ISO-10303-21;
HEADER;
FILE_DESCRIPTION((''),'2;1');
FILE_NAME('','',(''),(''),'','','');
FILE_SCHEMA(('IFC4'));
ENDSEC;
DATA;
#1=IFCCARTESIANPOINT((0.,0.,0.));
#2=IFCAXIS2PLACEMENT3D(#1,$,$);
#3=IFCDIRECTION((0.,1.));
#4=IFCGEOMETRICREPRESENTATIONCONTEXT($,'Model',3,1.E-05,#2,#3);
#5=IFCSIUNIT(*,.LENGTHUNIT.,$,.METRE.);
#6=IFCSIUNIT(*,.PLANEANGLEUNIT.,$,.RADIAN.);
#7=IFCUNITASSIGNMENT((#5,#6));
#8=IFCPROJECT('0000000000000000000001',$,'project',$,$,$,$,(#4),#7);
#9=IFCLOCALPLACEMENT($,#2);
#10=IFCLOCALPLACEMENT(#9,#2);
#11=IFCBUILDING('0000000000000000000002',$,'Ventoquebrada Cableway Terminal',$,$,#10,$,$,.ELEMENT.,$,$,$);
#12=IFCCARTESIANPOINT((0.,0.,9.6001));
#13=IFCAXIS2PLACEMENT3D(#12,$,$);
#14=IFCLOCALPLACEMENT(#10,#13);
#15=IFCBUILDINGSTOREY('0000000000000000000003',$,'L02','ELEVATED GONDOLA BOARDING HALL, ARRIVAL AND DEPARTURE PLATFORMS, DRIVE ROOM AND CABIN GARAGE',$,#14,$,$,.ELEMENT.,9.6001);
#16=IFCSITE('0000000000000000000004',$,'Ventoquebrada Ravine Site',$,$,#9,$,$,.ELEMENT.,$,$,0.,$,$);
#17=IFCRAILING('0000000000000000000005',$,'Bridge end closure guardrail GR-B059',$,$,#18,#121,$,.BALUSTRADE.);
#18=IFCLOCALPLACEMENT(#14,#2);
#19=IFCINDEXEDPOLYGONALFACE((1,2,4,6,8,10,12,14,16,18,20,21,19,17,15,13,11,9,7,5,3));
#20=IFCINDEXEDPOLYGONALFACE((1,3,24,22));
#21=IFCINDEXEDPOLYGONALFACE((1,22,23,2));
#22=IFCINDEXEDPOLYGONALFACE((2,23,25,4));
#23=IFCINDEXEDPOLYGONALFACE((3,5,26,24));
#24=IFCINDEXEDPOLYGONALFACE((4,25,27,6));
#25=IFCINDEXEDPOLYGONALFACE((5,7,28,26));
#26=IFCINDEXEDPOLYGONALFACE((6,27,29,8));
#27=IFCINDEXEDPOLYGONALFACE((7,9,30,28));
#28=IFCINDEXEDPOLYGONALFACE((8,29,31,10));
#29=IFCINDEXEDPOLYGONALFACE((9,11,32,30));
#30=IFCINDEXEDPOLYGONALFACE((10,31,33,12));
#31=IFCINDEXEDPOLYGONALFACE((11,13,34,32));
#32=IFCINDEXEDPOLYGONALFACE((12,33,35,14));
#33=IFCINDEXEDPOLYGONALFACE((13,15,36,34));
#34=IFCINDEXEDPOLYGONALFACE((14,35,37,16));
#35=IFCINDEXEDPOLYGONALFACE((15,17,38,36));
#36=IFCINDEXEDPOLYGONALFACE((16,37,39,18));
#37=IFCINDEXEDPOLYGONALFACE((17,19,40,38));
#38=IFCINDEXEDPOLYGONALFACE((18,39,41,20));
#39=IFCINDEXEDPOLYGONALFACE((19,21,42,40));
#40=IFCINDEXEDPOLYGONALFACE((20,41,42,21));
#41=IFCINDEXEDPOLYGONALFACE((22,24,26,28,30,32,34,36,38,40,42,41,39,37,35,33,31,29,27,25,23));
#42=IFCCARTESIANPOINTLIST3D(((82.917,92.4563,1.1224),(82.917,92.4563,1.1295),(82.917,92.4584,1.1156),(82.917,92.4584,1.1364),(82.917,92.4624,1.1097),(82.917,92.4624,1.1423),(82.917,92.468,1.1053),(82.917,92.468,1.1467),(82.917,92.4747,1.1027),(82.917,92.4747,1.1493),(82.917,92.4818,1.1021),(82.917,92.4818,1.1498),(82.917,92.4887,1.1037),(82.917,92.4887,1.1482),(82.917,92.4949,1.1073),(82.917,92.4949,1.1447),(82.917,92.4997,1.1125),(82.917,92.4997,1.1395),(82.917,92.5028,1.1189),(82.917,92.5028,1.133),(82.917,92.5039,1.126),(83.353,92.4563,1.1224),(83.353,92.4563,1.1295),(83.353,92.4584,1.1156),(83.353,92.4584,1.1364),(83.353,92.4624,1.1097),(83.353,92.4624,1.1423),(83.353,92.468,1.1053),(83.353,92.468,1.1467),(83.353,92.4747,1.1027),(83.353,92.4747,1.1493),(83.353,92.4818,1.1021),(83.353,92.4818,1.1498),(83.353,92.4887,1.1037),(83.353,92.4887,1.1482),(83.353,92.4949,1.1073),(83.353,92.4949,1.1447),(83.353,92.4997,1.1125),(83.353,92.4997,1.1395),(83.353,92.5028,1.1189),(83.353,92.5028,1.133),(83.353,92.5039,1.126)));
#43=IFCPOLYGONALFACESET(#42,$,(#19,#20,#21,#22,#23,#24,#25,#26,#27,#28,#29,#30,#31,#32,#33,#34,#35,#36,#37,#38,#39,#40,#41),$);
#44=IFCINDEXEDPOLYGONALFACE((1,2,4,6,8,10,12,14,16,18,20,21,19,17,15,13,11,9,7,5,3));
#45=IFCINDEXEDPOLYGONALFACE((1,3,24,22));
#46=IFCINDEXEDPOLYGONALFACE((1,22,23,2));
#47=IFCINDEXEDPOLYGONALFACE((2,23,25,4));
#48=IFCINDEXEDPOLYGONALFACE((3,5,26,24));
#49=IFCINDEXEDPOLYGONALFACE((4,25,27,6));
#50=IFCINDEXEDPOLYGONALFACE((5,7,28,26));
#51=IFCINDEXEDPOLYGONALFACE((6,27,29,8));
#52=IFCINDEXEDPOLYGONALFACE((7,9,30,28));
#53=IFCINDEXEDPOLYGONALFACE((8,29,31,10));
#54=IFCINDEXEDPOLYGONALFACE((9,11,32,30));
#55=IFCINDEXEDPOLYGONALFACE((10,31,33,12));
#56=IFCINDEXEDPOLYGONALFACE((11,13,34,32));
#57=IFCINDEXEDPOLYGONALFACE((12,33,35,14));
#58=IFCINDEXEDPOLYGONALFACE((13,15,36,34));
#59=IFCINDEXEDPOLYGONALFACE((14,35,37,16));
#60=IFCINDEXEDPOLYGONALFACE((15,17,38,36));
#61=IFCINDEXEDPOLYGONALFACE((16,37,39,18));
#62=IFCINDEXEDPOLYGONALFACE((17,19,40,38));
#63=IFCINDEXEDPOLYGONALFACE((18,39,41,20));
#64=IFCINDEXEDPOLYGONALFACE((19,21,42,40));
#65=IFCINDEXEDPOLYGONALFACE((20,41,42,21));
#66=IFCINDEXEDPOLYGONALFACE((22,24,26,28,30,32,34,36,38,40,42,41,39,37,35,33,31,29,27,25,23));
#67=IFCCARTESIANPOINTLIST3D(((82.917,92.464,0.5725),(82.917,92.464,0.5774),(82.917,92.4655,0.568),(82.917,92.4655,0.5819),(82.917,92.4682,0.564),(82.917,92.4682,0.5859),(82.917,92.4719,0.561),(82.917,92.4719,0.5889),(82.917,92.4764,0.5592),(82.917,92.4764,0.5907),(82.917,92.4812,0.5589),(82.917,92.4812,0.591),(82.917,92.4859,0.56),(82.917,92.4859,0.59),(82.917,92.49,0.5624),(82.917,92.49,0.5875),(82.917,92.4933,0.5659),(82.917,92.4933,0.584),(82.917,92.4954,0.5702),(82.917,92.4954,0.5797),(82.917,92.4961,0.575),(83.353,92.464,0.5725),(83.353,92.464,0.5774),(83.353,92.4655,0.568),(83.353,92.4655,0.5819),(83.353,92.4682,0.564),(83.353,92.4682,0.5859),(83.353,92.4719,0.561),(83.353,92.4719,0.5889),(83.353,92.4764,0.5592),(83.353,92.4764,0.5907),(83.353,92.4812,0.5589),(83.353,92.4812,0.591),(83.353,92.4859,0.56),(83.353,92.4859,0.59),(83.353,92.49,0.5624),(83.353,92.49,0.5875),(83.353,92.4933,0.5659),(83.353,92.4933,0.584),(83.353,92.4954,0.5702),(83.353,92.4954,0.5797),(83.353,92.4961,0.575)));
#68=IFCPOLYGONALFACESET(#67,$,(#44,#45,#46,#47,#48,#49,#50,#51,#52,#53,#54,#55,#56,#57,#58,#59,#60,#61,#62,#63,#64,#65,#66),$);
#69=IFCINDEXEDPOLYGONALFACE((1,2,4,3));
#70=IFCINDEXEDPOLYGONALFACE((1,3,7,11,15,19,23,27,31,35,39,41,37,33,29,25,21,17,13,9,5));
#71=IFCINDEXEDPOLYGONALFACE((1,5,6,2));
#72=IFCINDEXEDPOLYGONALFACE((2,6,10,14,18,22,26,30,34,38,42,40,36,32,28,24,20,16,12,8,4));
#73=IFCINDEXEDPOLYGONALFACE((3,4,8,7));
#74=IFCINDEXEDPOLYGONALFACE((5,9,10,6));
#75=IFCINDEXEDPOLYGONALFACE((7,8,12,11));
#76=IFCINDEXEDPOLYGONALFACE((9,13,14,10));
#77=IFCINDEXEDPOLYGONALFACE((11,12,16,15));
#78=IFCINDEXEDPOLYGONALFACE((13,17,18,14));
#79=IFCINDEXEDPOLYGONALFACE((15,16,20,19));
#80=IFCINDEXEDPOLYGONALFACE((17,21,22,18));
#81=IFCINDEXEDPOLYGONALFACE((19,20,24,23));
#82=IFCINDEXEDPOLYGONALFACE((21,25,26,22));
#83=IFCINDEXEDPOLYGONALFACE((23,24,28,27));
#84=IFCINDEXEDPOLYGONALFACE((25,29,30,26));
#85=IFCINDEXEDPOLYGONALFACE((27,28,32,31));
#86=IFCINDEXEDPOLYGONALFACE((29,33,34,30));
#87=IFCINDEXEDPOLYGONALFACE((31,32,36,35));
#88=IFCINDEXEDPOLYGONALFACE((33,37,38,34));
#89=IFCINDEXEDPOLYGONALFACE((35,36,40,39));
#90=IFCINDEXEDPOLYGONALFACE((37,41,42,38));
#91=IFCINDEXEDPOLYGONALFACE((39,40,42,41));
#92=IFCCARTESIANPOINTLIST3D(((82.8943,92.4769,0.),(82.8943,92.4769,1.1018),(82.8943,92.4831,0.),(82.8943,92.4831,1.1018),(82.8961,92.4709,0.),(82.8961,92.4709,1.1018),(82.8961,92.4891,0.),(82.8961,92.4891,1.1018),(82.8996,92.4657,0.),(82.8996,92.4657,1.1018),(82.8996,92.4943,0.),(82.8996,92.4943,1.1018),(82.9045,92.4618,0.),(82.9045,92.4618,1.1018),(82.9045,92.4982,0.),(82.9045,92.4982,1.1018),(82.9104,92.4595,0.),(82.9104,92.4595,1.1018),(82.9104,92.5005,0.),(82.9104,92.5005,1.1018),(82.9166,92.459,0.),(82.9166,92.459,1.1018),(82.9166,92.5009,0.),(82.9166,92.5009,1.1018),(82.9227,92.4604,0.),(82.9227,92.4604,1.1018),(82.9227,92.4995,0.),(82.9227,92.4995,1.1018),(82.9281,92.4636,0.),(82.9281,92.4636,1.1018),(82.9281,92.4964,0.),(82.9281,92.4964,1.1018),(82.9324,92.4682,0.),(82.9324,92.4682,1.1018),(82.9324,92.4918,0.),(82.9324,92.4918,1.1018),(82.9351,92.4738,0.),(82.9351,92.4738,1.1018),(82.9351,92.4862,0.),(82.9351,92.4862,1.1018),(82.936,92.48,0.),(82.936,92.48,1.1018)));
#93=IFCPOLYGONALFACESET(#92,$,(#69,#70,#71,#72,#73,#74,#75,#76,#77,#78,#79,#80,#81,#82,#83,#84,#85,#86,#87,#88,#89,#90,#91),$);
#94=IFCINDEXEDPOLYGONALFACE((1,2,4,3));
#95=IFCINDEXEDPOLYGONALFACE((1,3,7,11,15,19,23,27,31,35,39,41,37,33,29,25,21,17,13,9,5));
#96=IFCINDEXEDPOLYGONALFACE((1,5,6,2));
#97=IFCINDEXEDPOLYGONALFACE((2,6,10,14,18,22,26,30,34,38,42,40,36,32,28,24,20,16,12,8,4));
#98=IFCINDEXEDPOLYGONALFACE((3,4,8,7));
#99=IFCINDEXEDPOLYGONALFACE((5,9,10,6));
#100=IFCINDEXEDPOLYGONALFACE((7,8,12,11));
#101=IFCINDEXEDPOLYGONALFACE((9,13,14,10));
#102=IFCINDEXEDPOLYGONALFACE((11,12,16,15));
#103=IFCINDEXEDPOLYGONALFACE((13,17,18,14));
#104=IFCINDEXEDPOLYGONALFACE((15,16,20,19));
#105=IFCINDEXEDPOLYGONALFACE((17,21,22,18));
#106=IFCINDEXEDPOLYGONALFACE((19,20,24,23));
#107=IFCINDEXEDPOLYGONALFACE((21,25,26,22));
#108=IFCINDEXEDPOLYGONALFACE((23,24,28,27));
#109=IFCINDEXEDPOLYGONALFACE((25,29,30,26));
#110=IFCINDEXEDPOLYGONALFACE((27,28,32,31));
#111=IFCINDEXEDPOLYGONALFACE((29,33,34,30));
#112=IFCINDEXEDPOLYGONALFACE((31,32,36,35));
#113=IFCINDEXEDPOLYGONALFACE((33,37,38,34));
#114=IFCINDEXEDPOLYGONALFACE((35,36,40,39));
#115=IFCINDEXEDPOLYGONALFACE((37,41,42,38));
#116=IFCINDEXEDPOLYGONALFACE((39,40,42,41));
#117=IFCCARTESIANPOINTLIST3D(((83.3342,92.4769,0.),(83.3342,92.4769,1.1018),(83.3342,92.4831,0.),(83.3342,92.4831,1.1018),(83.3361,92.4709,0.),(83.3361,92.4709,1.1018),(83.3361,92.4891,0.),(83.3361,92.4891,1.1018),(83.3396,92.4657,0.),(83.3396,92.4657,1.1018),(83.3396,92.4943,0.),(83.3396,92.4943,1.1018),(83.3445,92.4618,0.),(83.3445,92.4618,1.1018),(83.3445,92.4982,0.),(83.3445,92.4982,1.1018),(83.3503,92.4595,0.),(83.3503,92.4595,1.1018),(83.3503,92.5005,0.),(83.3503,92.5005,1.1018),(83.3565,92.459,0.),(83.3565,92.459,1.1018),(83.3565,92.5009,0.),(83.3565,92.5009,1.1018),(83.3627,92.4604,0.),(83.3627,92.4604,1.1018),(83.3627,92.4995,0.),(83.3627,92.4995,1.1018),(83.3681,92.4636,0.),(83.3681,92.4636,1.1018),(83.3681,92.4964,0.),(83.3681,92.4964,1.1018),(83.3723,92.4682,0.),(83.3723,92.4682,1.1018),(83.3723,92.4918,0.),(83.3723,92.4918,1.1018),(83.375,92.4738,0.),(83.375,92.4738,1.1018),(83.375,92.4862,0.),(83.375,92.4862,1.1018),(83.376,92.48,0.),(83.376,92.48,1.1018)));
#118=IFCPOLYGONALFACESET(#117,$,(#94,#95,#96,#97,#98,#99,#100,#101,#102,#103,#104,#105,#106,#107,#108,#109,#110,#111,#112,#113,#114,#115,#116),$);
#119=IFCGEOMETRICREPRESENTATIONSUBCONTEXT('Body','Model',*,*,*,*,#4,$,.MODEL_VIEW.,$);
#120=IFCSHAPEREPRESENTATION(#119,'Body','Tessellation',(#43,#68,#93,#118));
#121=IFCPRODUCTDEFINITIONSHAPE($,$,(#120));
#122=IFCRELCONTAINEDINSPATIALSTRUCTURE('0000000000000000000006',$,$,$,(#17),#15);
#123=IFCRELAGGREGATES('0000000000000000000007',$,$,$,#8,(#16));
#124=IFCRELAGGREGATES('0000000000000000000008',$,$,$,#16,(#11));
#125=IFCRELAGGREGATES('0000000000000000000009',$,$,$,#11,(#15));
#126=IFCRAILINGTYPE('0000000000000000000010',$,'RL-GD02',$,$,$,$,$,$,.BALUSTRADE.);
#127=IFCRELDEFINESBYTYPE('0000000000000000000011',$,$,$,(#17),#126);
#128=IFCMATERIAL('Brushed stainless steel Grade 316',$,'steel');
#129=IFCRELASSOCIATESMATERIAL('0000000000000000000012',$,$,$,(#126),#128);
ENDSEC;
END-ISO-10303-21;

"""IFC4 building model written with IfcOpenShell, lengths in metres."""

from ifc_helpers import new_model, si_unit, direction, frame, origin, origin_2d, place, context, subcontext, project, spatial, circle, extrude, material, type_object, element, save


model = new_model("IFC4")

# Units and contexts
model_context = context("Model", 3, precision=1e-05, world=origin(), true_north=direction((0.0, 1.0)))
body_context = subcontext(model_context, "Body", "Model", "MODEL_VIEW")
ifc_project = project(units=[si_unit("LENGTHUNIT", "METRE"), si_unit("PLANEANGLEUNIT", "RADIAN")], contexts=[model_context])

# Site, building, storey
site_placement = place(None, origin())
site = spatial("IfcSite", under=ifc_project, at=site_placement, Name="Ventoquebrada Ravine Site", CompositionType="ELEMENT", RefElevation=0.0)
building_placement = place(site_placement, origin())
building = spatial("IfcBuilding", under=site, at=building_placement, Name="Ventoquebrada Cableway Terminal", CompositionType="ELEMENT")
storey_placement = place(building_placement, frame((0.0, 0.0, 9.6001)))
storey = spatial("IfcBuildingStorey", under=building, at=storey_placement, Name="L02", Description="ELEVATED GONDOLA BOARDING HALL, ARRIVAL AND DEPARTURE PLATFORMS, DRIVE ROOM AND CABIN GARAGE", CompositionType="ELEMENT", Elevation=9.6001)

# Railing
ifc_material_1 = material(Name="Brushed stainless steel Grade 316", Category="steel")
railing_type = type_object("IfcRailingType", Name="RL-GD02", PredefinedType="BALUSTRADE", material=ifc_material_1)
for number, where, name in (
    (1, (82.915, 92.48, 0.0), "Bridge end closure guardrail GR-B059"),
):
    element("IfcRailing", number, at=place(storey_placement, frame(where)), inside=storey, type_object=railing_type, Name=name, PredefinedType="BALUSTRADE", context=body_context, shape_type="SweptSolid", body=[
        extrude(circle(Radius=0.0239, at=origin_2d()), frame((0.002, 0.0, 1.126), z_axis=(1.0, 0.0, 0.0), x_axis=(0.0, 1.0, 0.0)), (0.0, 0.0, 1.0), 0.436),
        extrude(circle(Radius=0.0161, at=origin_2d()), frame((0.002, 0.0, 0.575), z_axis=(1.0, 0.0, 0.0), x_axis=(0.0, 1.0, 0.0)), (0.0, 0.0, 1.0), 0.436),
        extrude(circle(Radius=0.021, at=origin_2d()), origin(), (0.0, 0.0, 1.0), 1.1018),
        extrude(circle(Radius=0.021, at=origin_2d()), frame((0.4399, 0.0, 0.0)), (0.0, 0.0, 1.0), 1.1018),
    ])

save(model, "model.ifc")
